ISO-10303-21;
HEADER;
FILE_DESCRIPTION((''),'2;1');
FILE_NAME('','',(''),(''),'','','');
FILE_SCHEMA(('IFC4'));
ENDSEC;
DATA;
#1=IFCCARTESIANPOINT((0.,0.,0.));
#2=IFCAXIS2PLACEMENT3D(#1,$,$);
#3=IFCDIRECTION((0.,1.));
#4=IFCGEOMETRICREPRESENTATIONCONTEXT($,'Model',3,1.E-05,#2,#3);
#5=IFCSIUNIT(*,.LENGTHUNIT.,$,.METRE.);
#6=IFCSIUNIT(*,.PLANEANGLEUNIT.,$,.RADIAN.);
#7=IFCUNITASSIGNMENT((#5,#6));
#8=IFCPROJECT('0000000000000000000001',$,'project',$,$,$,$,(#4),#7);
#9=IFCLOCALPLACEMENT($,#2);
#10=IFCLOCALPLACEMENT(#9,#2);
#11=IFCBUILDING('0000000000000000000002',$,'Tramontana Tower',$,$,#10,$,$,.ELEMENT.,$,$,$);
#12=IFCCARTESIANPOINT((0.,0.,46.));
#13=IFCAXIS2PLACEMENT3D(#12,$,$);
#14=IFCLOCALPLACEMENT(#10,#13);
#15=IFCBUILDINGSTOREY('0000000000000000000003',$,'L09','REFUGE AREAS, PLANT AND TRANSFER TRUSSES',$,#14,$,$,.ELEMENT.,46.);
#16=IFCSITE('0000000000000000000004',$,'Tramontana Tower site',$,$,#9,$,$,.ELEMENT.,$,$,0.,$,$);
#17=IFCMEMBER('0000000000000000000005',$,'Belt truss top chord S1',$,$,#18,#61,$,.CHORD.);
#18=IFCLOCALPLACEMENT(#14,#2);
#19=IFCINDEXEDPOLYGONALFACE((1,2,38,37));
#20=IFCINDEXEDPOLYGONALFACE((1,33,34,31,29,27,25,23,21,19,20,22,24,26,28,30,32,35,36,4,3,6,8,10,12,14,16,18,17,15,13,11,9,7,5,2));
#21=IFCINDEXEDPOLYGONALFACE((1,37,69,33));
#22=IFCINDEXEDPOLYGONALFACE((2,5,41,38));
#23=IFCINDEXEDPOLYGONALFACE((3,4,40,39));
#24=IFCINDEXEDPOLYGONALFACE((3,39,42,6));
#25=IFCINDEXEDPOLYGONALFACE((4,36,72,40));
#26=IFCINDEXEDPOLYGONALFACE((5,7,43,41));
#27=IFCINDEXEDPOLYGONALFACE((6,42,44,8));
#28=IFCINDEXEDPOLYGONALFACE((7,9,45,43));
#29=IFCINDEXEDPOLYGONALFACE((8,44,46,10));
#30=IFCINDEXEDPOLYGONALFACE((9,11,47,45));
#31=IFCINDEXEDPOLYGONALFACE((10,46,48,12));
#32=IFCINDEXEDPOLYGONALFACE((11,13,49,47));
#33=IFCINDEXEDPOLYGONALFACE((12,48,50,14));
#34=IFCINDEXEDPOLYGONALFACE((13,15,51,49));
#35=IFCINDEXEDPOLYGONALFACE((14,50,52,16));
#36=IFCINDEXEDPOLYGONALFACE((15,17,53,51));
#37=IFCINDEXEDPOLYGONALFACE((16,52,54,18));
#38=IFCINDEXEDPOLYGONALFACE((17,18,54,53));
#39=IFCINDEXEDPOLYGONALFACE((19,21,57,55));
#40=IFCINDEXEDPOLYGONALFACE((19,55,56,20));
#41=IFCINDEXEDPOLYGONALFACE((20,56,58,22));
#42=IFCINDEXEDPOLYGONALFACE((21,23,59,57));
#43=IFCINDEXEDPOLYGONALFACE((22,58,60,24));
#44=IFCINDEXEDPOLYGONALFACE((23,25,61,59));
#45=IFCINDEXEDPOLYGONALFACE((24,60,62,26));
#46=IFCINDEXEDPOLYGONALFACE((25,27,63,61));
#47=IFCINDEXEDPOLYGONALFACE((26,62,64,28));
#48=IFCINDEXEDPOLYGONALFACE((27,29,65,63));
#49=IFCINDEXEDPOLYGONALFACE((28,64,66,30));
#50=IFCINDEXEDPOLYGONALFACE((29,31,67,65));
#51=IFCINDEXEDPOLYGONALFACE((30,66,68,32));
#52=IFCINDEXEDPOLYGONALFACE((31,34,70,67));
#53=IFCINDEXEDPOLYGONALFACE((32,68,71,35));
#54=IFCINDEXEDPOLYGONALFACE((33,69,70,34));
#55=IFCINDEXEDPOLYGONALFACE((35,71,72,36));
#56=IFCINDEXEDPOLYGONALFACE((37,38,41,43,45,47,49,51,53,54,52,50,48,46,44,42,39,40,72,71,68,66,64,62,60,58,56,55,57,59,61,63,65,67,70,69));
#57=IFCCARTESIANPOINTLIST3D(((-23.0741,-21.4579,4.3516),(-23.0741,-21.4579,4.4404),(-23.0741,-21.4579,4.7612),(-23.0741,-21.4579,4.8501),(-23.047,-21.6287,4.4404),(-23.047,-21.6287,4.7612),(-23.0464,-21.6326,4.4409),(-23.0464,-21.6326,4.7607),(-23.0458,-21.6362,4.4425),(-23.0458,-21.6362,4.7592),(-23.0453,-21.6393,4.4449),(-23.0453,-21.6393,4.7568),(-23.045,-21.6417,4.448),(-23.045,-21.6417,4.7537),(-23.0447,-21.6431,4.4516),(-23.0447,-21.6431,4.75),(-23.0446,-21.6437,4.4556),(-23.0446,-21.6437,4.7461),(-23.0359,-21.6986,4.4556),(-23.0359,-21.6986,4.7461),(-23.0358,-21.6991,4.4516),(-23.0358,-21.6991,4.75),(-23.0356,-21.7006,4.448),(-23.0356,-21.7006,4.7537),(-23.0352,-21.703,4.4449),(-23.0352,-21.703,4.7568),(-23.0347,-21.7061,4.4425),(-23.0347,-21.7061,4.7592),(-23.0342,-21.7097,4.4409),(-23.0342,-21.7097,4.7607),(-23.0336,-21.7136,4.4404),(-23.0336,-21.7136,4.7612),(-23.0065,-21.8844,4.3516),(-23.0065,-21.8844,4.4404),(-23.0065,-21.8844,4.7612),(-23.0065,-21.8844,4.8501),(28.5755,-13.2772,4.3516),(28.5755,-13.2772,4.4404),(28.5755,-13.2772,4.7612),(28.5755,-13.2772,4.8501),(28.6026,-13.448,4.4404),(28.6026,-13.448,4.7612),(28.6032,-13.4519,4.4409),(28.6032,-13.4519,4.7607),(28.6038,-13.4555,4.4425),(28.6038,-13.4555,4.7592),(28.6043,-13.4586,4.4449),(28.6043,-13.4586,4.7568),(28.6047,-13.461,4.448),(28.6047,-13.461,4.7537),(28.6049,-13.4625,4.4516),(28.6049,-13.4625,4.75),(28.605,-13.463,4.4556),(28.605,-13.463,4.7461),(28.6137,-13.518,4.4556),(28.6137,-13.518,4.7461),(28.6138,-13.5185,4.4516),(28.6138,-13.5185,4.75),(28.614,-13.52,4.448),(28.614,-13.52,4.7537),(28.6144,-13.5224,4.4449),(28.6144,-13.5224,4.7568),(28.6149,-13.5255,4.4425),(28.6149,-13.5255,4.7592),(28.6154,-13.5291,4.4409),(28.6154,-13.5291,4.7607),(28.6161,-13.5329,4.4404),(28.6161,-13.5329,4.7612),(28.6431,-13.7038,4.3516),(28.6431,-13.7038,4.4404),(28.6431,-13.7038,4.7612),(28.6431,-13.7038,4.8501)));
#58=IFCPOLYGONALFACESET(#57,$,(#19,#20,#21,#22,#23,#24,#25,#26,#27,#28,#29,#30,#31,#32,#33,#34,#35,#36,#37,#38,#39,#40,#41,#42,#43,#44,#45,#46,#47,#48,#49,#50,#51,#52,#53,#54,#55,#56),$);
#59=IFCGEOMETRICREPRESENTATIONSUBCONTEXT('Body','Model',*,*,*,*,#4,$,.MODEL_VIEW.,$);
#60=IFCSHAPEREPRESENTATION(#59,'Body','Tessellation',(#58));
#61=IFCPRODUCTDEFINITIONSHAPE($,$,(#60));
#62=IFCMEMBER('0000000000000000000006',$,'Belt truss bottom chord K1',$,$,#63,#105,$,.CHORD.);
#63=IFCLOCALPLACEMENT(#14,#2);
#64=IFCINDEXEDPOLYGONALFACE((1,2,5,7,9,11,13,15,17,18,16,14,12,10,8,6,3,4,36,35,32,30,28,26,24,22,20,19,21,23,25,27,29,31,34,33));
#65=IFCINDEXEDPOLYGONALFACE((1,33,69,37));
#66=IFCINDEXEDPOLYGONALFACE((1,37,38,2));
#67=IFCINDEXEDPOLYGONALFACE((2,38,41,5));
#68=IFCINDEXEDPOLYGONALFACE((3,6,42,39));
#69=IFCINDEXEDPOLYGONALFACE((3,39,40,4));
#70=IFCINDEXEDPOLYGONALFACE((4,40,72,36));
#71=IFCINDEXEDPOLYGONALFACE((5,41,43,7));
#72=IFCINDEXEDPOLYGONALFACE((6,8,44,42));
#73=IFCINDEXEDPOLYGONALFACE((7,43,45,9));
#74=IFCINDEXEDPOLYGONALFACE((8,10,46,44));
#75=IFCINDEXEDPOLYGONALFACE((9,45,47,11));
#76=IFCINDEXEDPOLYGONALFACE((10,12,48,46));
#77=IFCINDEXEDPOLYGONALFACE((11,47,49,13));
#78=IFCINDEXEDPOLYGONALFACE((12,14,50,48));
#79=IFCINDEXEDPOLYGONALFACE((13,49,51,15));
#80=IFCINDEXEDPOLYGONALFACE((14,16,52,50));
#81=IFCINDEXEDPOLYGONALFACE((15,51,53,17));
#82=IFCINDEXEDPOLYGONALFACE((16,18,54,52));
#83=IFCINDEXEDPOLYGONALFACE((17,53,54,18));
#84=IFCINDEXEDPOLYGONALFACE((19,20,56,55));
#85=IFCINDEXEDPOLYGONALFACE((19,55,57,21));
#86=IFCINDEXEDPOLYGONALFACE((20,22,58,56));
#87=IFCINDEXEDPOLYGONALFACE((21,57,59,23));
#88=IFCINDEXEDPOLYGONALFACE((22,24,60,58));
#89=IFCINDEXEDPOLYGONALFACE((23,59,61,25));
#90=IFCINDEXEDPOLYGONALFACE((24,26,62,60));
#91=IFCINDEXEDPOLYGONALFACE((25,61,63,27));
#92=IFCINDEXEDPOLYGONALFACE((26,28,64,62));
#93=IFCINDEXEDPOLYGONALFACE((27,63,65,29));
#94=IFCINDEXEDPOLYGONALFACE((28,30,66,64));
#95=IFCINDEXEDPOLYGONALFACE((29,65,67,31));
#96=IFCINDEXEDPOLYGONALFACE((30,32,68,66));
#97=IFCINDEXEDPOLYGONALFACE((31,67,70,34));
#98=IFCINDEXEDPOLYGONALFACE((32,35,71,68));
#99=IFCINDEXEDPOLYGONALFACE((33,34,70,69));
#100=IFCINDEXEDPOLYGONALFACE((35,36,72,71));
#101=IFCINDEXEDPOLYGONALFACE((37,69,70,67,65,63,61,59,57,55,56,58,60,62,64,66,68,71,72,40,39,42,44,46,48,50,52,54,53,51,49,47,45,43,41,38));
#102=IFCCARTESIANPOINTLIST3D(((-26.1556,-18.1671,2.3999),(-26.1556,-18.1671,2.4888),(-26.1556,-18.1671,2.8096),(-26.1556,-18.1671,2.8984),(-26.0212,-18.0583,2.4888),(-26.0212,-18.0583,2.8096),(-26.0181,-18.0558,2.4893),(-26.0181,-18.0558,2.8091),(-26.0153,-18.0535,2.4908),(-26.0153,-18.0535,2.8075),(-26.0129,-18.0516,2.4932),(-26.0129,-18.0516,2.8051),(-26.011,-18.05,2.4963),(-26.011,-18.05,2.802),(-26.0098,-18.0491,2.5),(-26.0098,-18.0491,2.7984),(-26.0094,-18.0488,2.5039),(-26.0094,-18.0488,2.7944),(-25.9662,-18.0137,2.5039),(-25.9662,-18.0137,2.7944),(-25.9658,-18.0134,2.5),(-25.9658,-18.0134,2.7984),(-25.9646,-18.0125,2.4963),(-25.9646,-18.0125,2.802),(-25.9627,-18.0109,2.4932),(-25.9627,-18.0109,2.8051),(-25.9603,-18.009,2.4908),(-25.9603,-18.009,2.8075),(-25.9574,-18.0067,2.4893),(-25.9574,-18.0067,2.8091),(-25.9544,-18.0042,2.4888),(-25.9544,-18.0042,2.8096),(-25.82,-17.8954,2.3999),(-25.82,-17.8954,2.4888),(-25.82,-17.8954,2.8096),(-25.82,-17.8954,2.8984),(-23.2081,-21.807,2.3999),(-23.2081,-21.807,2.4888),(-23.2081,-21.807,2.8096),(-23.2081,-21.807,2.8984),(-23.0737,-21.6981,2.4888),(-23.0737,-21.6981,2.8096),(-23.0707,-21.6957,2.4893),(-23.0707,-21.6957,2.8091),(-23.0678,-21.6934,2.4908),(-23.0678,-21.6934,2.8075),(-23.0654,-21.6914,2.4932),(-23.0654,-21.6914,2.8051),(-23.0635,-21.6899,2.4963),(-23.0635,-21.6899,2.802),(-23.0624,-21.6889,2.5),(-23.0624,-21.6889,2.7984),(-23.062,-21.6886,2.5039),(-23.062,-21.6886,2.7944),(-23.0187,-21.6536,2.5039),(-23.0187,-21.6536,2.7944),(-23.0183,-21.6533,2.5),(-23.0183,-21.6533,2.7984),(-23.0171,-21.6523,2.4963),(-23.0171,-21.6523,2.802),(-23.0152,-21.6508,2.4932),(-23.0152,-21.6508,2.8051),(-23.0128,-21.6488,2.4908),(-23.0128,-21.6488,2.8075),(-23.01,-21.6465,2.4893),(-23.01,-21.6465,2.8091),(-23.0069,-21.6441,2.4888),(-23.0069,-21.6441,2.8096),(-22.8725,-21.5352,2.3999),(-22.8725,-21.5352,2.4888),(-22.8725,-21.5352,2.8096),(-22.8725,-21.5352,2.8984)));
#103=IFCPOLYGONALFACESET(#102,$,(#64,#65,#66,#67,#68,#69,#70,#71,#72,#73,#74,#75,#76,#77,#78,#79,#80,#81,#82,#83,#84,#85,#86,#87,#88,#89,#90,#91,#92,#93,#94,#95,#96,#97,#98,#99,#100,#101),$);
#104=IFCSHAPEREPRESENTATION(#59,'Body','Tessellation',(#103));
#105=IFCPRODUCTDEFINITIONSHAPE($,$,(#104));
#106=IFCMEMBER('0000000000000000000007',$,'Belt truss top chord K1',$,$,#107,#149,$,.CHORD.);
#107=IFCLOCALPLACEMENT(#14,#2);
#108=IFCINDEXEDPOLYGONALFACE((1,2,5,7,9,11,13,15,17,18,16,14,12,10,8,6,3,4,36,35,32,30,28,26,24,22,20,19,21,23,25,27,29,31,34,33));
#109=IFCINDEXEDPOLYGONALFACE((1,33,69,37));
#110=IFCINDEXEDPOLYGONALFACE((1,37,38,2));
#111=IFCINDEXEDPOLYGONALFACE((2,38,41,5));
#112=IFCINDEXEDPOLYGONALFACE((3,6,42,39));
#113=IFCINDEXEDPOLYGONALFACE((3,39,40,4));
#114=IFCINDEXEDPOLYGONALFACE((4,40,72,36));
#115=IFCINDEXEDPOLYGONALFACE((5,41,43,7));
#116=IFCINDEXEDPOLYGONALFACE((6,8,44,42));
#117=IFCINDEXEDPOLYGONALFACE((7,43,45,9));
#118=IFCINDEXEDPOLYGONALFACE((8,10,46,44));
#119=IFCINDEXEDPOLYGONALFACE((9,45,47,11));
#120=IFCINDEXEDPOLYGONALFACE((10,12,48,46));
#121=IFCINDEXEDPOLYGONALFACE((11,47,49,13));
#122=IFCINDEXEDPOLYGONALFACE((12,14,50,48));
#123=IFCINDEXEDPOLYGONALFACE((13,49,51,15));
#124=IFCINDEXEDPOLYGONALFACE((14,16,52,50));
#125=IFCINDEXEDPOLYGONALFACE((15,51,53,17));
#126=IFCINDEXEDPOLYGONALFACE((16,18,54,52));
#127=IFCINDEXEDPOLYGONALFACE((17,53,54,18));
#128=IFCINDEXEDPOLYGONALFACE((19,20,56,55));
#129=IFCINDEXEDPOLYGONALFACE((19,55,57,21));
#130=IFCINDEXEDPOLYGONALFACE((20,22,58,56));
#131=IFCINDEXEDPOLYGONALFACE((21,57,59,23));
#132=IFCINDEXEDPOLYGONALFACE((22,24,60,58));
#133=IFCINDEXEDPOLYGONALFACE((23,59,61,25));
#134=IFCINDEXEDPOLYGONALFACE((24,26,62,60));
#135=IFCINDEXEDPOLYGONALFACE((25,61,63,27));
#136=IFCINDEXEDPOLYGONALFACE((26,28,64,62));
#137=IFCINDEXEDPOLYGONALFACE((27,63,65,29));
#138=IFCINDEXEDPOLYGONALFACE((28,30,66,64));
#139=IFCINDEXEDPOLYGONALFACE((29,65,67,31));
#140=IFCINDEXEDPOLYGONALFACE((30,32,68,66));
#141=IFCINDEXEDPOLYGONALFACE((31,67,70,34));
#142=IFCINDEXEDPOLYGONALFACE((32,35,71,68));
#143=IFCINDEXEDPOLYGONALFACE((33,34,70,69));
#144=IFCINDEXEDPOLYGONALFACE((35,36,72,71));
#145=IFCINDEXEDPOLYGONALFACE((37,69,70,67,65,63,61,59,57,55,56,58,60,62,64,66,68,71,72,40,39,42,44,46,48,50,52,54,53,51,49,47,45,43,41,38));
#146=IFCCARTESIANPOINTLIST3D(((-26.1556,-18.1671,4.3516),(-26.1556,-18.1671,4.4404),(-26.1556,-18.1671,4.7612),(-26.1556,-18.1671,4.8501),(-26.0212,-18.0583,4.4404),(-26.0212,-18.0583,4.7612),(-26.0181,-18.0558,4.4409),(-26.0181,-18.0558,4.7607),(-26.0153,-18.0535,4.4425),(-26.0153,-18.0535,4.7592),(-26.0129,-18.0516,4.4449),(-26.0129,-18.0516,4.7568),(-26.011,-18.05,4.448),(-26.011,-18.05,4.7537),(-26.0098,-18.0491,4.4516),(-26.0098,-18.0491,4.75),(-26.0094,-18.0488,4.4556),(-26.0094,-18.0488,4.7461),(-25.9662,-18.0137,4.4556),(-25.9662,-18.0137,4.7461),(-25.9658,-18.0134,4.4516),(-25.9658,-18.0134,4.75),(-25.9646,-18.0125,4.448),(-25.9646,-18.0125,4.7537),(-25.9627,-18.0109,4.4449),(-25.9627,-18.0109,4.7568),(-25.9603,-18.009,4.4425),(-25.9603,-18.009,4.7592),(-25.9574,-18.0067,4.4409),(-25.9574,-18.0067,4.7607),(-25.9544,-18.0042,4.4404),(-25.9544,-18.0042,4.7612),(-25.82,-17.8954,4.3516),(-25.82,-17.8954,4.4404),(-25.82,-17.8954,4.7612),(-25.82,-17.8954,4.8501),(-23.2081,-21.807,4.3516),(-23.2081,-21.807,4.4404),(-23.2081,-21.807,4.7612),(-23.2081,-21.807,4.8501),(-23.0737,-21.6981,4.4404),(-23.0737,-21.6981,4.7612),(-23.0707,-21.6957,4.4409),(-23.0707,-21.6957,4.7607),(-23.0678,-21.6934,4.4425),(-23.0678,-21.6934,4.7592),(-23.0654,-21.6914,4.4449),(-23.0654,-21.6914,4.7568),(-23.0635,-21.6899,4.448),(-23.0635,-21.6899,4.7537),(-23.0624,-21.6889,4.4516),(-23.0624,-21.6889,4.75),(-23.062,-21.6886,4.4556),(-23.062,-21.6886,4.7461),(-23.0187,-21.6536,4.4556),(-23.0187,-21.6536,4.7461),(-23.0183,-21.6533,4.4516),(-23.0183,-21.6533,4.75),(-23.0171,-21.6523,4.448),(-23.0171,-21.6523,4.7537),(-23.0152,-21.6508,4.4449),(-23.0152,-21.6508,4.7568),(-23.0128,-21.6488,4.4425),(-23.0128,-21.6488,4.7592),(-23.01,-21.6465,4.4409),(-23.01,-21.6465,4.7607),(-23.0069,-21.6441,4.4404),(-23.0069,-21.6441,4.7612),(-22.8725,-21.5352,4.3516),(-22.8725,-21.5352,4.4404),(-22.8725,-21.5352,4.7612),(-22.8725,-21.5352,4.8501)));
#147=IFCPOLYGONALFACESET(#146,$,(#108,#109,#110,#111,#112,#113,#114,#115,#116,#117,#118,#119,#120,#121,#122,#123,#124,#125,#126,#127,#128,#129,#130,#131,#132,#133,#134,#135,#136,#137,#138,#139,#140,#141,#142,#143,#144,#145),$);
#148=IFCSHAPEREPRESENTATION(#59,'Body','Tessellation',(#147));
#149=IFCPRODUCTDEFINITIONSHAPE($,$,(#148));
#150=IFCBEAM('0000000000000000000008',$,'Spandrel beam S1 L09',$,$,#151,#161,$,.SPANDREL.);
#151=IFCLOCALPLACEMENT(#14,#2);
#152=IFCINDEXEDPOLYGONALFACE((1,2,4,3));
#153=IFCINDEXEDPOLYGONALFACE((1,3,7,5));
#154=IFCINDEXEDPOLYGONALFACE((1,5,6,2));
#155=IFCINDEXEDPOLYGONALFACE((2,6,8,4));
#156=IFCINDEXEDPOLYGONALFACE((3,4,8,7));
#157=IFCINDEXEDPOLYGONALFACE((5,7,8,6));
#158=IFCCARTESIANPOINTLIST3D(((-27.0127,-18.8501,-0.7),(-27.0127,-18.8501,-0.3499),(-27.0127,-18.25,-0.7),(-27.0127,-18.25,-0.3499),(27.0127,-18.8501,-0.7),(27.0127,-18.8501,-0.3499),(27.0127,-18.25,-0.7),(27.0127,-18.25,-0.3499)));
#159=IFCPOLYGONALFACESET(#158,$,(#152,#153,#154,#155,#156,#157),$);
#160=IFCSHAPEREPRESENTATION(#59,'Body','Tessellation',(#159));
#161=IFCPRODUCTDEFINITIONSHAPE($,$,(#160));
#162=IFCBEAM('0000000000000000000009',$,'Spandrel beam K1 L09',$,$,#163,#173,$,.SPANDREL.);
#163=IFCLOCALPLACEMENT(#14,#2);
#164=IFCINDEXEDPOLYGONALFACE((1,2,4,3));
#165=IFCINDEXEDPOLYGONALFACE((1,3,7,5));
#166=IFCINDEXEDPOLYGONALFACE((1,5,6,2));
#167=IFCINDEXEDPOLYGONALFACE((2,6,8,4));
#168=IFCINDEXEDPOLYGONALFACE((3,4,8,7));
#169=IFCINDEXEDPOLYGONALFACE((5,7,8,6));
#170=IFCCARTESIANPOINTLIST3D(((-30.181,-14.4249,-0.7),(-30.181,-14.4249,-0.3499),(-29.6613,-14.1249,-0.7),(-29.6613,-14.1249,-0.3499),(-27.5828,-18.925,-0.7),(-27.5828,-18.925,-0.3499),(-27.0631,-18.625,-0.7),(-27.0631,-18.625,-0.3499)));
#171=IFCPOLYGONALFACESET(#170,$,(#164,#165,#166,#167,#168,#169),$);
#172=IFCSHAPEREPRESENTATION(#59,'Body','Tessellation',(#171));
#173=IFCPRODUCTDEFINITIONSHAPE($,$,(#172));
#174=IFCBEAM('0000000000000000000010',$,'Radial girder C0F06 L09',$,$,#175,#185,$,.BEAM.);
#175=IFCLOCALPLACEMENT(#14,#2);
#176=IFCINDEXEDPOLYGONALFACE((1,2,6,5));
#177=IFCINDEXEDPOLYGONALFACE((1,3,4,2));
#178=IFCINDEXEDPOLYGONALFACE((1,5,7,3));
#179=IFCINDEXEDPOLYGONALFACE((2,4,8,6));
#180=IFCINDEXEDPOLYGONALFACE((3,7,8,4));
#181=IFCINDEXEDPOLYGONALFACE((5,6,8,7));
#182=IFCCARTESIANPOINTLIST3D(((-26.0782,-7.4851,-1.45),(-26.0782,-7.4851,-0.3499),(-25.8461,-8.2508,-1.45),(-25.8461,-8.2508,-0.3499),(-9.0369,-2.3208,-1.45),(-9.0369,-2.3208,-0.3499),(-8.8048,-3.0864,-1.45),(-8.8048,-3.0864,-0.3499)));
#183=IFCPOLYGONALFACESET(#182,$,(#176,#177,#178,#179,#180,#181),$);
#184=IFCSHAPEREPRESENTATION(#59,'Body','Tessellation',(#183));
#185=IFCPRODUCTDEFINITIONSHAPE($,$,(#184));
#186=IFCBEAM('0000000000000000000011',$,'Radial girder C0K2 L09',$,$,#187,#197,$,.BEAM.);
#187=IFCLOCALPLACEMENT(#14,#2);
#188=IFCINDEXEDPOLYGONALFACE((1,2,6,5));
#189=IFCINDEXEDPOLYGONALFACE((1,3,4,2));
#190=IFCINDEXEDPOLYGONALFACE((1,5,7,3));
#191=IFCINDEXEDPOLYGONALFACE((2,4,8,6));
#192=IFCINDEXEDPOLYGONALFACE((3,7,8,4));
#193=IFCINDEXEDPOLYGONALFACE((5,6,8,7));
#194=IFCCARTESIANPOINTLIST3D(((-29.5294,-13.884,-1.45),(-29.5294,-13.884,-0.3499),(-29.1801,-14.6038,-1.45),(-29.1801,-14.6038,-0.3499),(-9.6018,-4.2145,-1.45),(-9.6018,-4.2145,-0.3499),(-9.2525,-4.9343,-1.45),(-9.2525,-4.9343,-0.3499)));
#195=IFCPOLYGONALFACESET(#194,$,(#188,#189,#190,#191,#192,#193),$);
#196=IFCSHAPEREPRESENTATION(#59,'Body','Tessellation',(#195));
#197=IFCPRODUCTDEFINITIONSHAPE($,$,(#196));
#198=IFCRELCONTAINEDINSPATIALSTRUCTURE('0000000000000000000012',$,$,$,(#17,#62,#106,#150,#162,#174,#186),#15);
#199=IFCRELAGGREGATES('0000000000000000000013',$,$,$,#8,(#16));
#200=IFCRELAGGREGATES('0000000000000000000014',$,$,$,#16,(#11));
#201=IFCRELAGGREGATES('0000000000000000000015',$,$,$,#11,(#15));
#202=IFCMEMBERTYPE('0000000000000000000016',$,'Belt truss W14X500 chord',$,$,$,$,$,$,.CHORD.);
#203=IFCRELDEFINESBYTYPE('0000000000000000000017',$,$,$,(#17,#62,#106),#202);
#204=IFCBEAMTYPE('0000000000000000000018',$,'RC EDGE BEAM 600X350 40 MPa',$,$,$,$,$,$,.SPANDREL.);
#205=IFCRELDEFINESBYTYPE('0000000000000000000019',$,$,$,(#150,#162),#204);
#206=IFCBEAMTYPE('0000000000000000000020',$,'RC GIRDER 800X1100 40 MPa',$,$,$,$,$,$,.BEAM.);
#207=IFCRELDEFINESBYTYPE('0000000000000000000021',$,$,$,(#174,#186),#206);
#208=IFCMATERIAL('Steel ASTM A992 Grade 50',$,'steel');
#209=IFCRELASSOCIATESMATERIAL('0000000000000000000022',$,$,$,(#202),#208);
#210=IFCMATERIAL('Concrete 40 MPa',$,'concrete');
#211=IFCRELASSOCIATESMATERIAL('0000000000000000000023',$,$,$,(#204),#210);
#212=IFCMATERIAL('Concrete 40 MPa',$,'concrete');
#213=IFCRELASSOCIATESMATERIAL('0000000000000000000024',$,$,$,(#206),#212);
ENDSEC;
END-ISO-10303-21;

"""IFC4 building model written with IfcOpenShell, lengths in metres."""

from ifc_helpers import new_model, si_unit, direction, frame, origin, origin_2d, place, context, subcontext, project, spatial, rectangle, i_section, extrude, material, material_profile, profile_set, type_object, element, save


model = new_model("IFC4")

# Units and contexts
model_context = context("Model", 3, precision=1e-05, world=origin(), true_north=direction((0.0, 1.0)))
body_context = subcontext(model_context, "Body", "Model", "MODEL_VIEW")
ifc_project = project(units=[si_unit("LENGTHUNIT", "METRE"), si_unit("PLANEANGLEUNIT", "RADIAN")], contexts=[model_context])

# Site, building, storey
site_placement = place(None, origin())
site = spatial("IfcSite", under=ifc_project, at=site_placement, Name="Tramontana Tower site", CompositionType="ELEMENT", RefElevation=0.0)
building_placement = place(site_placement, origin())
building = spatial("IfcBuilding", under=site, at=building_placement, Name="Tramontana Tower", CompositionType="ELEMENT")
storey_placement = place(building_placement, frame((0.0, 0.0, 46.0)))
storey = spatial("IfcBuildingStorey", under=building, at=storey_placement, Name="L09", Description="REFUGE AREAS, PLANT AND TRANSFER TRUSSES", CompositionType="ELEMENT", Elevation=46.0)

# Members
ifc_material_1 = material(Name="Steel ASTM A992 Grade 50", Category="steel")
ifc_material_profile_1 = material_profile(ifc_material_1, i_section(OverallWidth=0.4319, OverallDepth=0.4985, WebThickness=0.0557, FlangeThickness=0.0889, FilletRadius=0.0151, at=origin_2d()), Name="W14X500")
ifc_profile_set_1 = profile_set([ifc_material_profile_1], Name="Steel ASTM A992 Grade 50")
member_type_1 = type_object("IfcMemberType", Name="Belt truss W14X500 chord", PredefinedType="CHORD", material=ifc_profile_set_1)
for number, where, z_axis, x_axis, name in (
    (1, (-23.0403, -21.6711, 4.6008), (0.987688, 0.156437, 0.0), (-0.156437, 0.987688, 0.0), "Belt truss top chord S1"),
):
    element("IfcMember", number, at=place(storey_placement, frame(where, z_axis=z_axis, x_axis=x_axis)), inside=storey, type_object=member_type_1, Name=name, PredefinedType="CHORD", context=body_context, shape_type="SweptSolid", body=[
        extrude(i_section(OverallWidth=0.4319, OverallDepth=0.4985, WebThickness=0.0557, FlangeThickness=0.0889, FilletRadius=0.0151, at=origin_2d()), origin(), (0.0, 0.0, 1.0), 52.2935),
    ])
for number, where, z_axis, x_axis, name in (
    (2, (-25.9878, -18.0312, 2.6492), (0.629318, -0.777148, 0.0), (0.777148, 0.629318, 0.0), "Belt truss bottom chord K1"),
    (3, (-25.9878, -18.0312, 4.6008), (0.629318, -0.777148, 0.0), (0.777148, 0.629318, 0.0), "Belt truss top chord K1"),
):
    element("IfcMember", number, at=place(storey_placement, frame(where, z_axis=z_axis, x_axis=x_axis)), inside=storey, type_object=member_type_1, Name=name, PredefinedType="CHORD", context=body_context, shape_type="SweptSolid", body=[
        extrude(i_section(OverallWidth=0.4319, OverallDepth=0.4985, WebThickness=0.0557, FlangeThickness=0.0889, FilletRadius=0.0151, at=origin_2d()), origin(), (0.0, 0.0, 1.0), 4.6836),
    ])

# Beams
ifc_material_2 = material(Name="Concrete 40 MPa", Category="concrete")
ifc_material_profile_2 = material_profile(ifc_material_2, rectangle(XDim=0.6001, YDim=0.3501, at=origin_2d()), Name="RC EDGE BEAM 600X350 40 MPa")
ifc_profile_set_2 = profile_set([ifc_material_profile_2], Name="Concrete 40 MPa")
beam_type_1 = type_object("IfcBeamType", Name="RC EDGE BEAM 600X350 40 MPa", PredefinedType="SPANDREL", material=ifc_profile_set_2)
beam_1_placement = place(storey_placement, frame((-27.0127, -18.55, -0.5249), z_axis=(1.0, 0.0, 0.0), x_axis=(0.0, 1.0, 0.0)))
element("IfcBeam", 4, at=beam_1_placement, inside=storey, type_object=beam_type_1, Name="Spandrel beam S1 L09", PredefinedType="SPANDREL", context=body_context, shape_type="SweptSolid", body=[
    extrude(rectangle(XDim=0.6001, YDim=0.3501, at=origin_2d()), origin(), (0.0, 0.0, 1.0), 54.0254),
])
beam_2_placement = place(storey_placement, frame((-29.9211, -14.2749, -0.5249), z_axis=(0.50001, -0.86602, 0.0), x_axis=(0.86602, 0.50001, 0.0)))
element("IfcBeam", 5, at=beam_2_placement, inside=storey, type_object=beam_type_1, Name="Spandrel beam K1 L09", PredefinedType="SPANDREL", context=body_context, shape_type="SweptSolid", body=[
    extrude(rectangle(XDim=0.6001, YDim=0.3501, at=origin_2d()), origin(), (0.0, 0.0, 1.0), 5.1963),
])
ifc_material_3 = material(Name="Concrete 40 MPa", Category="concrete")
ifc_material_profile_3 = material_profile(ifc_material_3, rectangle(XDim=0.8, YDim=1.1001, at=origin_2d()), Name="RC GIRDER 800X1100 40 MPa")
ifc_profile_set_3 = profile_set([ifc_material_profile_3], Name="Concrete 40 MPa")
beam_type_2 = type_object("IfcBeamType", Name="RC GIRDER 800X1100 40 MPa", PredefinedType="BEAM", material=ifc_profile_set_3)
beam_3_placement = place(storey_placement, frame((-25.9622, -7.8679, -0.8999), z_axis=(0.95702, 0.290022, 0.0), x_axis=(-0.290022, 0.95702, 0.0)))
element("IfcBeam", 6, at=beam_3_placement, inside=storey, type_object=beam_type_2, Name="Radial girder C0F06 L09", PredefinedType="BEAM", context=body_context, shape_type="SweptSolid", body=[
    extrude(rectangle(XDim=0.8, YDim=1.1001, at=origin_2d()), origin(), (0.0, 0.0, 1.0), 17.8066),
])
beam_4_placement = place(storey_placement, frame((-29.3547, -14.2439, -0.8999), z_axis=(0.899679, 0.436552, 0.0), x_axis=(-0.436552, 0.899679, 0.0)))
element("IfcBeam", 7, at=beam_4_placement, inside=storey, type_object=beam_type_2, Name="Radial girder C0K2 L09", PredefinedType="BEAM", context=body_context, shape_type="SweptSolid", body=[
    extrude(rectangle(XDim=0.8, YDim=1.1001, at=origin_2d()), origin(), (0.0, 0.0, 1.0), 22.1497),
])

save(model, "model.ifc")
